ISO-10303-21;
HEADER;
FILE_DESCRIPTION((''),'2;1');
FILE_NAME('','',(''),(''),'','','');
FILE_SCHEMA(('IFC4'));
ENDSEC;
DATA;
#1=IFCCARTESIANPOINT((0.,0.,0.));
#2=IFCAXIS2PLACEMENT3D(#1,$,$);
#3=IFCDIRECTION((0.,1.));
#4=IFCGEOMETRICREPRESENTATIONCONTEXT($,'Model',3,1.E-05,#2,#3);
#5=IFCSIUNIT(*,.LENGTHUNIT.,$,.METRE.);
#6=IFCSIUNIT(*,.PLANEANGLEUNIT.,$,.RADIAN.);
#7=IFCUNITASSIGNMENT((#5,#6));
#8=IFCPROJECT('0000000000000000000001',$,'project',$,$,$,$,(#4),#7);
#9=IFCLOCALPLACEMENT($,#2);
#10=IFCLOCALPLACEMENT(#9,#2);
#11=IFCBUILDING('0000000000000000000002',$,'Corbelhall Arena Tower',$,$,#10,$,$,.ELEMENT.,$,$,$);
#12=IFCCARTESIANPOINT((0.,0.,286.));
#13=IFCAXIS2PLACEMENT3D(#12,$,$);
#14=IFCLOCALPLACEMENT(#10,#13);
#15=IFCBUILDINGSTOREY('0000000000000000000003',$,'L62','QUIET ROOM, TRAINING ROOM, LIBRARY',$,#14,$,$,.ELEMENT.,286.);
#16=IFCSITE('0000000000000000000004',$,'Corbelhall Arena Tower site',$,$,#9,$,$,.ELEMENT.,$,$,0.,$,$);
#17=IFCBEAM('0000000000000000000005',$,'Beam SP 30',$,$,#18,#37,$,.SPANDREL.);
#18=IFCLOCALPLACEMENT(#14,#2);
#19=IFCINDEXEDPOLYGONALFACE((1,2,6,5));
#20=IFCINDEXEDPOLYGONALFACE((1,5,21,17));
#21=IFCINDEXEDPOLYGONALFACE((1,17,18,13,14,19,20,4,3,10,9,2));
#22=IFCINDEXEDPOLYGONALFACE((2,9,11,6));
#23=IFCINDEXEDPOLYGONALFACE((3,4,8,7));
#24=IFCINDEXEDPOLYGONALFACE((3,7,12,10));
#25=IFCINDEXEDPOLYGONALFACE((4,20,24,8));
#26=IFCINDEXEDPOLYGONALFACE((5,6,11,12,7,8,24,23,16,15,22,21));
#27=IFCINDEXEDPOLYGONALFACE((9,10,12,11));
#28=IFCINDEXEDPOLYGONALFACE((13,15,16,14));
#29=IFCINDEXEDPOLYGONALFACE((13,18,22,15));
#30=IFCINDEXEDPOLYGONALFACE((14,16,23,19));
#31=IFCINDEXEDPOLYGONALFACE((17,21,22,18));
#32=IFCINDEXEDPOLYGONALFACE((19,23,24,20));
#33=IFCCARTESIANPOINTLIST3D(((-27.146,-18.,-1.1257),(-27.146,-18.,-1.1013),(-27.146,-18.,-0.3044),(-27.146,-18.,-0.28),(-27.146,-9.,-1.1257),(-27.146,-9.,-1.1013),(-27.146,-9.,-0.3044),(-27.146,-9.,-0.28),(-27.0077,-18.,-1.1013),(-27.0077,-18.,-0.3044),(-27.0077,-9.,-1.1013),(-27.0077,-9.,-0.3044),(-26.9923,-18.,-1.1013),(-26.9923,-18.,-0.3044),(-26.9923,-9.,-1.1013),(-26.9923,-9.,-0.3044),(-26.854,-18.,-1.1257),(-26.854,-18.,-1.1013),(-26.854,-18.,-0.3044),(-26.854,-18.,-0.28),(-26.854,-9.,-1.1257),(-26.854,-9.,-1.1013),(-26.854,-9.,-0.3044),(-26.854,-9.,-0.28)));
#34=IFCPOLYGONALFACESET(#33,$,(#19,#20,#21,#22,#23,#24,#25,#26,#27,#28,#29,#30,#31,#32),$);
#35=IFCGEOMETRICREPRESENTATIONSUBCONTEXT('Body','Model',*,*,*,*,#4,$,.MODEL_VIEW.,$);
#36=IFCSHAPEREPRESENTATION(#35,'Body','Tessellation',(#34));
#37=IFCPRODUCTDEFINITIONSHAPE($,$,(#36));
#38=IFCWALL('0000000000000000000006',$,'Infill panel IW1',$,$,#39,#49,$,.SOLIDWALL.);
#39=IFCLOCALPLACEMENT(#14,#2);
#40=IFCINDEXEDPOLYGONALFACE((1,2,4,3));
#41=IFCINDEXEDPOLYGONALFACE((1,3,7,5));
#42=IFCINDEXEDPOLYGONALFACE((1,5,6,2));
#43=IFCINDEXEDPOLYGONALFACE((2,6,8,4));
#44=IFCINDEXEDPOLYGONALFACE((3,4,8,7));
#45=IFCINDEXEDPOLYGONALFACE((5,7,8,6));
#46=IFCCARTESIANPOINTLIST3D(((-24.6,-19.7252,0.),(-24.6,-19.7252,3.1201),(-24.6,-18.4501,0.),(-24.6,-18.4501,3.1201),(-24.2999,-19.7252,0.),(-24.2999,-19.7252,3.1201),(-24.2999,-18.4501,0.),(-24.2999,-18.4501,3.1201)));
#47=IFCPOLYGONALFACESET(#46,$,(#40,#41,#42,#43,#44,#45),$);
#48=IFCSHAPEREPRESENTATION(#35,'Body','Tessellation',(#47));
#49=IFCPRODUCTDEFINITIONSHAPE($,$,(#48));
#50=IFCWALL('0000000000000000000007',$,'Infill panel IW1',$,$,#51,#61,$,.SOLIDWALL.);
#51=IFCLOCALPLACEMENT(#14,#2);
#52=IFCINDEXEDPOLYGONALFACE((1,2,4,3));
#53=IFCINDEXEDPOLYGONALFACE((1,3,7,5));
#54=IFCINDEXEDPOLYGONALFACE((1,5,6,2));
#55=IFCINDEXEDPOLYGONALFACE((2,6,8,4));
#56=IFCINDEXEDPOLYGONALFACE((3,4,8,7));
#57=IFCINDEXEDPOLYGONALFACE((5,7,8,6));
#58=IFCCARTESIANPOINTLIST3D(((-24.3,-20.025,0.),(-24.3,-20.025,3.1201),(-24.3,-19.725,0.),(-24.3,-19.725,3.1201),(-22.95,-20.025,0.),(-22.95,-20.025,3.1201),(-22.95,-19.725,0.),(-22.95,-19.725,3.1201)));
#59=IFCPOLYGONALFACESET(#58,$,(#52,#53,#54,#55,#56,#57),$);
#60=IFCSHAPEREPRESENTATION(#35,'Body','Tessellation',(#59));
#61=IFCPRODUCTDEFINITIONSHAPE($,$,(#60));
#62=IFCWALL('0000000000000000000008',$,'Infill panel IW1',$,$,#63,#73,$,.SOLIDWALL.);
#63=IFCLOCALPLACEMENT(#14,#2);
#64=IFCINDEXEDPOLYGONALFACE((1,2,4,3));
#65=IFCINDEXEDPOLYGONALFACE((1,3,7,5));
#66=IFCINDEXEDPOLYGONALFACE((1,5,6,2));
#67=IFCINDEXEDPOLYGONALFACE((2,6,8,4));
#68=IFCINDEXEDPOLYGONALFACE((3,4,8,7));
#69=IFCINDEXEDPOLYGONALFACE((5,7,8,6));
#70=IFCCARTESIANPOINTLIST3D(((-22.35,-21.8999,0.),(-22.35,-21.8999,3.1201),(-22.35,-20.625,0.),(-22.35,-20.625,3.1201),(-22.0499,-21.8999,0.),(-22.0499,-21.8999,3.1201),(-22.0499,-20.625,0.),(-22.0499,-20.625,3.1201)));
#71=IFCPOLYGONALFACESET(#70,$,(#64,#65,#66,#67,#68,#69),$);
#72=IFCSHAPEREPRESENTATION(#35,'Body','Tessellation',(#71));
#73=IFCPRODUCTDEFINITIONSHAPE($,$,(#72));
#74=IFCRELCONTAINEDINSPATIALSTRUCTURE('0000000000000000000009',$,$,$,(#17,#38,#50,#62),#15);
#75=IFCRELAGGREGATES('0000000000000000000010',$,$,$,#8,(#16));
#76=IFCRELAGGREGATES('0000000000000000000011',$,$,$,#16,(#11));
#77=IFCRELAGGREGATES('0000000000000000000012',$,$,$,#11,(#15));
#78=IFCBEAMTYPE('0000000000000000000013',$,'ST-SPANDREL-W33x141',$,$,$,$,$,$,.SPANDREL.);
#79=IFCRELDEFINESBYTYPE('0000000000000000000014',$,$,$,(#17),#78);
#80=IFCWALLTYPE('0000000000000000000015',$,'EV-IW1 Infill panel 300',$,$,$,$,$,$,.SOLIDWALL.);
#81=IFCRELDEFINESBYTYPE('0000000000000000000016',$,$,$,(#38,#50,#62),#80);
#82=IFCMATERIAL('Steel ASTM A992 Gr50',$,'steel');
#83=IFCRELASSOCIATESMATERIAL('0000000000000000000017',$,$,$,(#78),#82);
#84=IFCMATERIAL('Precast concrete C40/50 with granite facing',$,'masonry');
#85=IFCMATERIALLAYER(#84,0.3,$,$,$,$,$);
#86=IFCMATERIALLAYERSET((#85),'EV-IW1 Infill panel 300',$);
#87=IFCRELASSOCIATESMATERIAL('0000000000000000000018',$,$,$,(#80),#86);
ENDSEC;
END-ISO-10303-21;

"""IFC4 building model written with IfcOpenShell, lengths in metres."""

from ifc_helpers import new_model, si_unit, direction, frame, frame_2d, origin, origin_2d, place, context, subcontext, project, spatial, rectangle, i_section, extrude, material, layer, layer_set, material_profile, profile_set, type_object, element, save


model = new_model("IFC4")

# Units and contexts
model_context = context("Model", 3, precision=1e-05, world=origin(), true_north=direction((0.0, 1.0)))
body_context = subcontext(model_context, "Body", "Model", "MODEL_VIEW")
ifc_project = project(units=[si_unit("LENGTHUNIT", "METRE"), si_unit("PLANEANGLEUNIT", "RADIAN")], contexts=[model_context])

# Site, building, storey
site_placement = place(None, origin())
site = spatial("IfcSite", under=ifc_project, at=site_placement, Name="Corbelhall Arena Tower site", CompositionType="ELEMENT", RefElevation=0.0)
building_placement = place(site_placement, origin())
building = spatial("IfcBuilding", under=site, at=building_placement, Name="Corbelhall Arena Tower", CompositionType="ELEMENT")
storey_placement = place(building_placement, frame((0.0, 0.0, 286.0)))
storey = spatial("IfcBuildingStorey", under=building, at=storey_placement, Name="L62", Description="QUIET ROOM, TRAINING ROOM, LIBRARY", CompositionType="ELEMENT", Elevation=286.0)

# Beam
ifc_material_1 = material(Name="Steel ASTM A992 Gr50", Category="steel")
ifc_material_profile_1 = material_profile(ifc_material_1, i_section(OverallWidth=0.292, OverallDepth=0.8457, WebThickness=0.0154, FlangeThickness=0.0244, at=origin_2d()))
ifc_profile_set_1 = profile_set([ifc_material_profile_1], Name="Steel ASTM A992 Gr50")
beam_type_1 = type_object("IfcBeamType", Name="ST-SPANDREL-W33x141", PredefinedType="SPANDREL", material=ifc_profile_set_1)
beam_1_placement = place(storey_placement, frame((-27.0, -18.0, -0.7029), z_axis=(0.0, 1.0, 0.0), x_axis=(-1.0, 0.0, 0.0)))
element("IfcBeam", 1, at=beam_1_placement, inside=storey, type_object=beam_type_1, Name="Beam SP 30", PredefinedType="SPANDREL", context=body_context, shape_type="SweptSolid", body=[
    extrude(i_section(OverallWidth=0.292, OverallDepth=0.8457, WebThickness=0.0154, FlangeThickness=0.0244, at=origin_2d()), origin(), (0.0, 0.0, 1.0), 9.0),
])

# Walls
ifc_material_2 = material(Name="Precast concrete C40/50 with granite facing", Category="masonry")
ifc_layer_1 = layer(ifc_material_2, 0.3)
ifc_layer_set_1 = layer_set([ifc_layer_1], Name="EV-IW1 Infill panel 300")
wall_type_1 = type_object("IfcWallType", Name="EV-IW1 Infill panel 300", PredefinedType="SOLIDWALL", material=ifc_layer_set_1)
wall_1_placement = place(storey_placement, frame((-24.45, -18.45, 0.0), z_axis=(0.0, 0.0, 1.0), x_axis=(0.0, -1.0, 0.0)))
element("IfcWall", 2, at=wall_1_placement, inside=storey, type_object=wall_type_1, Name="Infill panel IW1", PredefinedType="SOLIDWALL", context=body_context, shape_type="SweptSolid", body=[
    extrude(rectangle(XDim=1.2751, YDim=0.3, at=frame_2d((0.6377, 0.0))), origin(), (0.0, 0.0, 1.0), 3.1201),
])
wall_2_placement = place(storey_placement, frame((-24.3, -19.875, 0.0), z_axis=(0.0, 0.0, 1.0), x_axis=(1.0, 0.0, 0.0)))
element("IfcWall", 3, at=wall_2_placement, inside=storey, type_object=wall_type_1, Name="Infill panel IW1", PredefinedType="SOLIDWALL", context=body_context, shape_type="SweptSolid", body=[
    extrude(rectangle(XDim=1.3501, YDim=0.3, at=frame_2d((0.675, 0.0))), origin(), (0.0, 0.0, 1.0), 3.1201),
])
wall_3_placement = place(storey_placement, frame((-22.2, -20.625, 0.0), z_axis=(0.0, 0.0, 1.0), x_axis=(0.0, -1.0, 0.0)))
element("IfcWall", 4, at=wall_3_placement, inside=storey, type_object=wall_type_1, Name="Infill panel IW1", PredefinedType="SOLIDWALL", context=body_context, shape_type="SweptSolid", body=[
    extrude(rectangle(XDim=1.2749, YDim=0.3, at=frame_2d((0.6375, 0.0))), origin(), (0.0, 0.0, 1.0), 3.1201),
])

save(model, "model.ifc")
